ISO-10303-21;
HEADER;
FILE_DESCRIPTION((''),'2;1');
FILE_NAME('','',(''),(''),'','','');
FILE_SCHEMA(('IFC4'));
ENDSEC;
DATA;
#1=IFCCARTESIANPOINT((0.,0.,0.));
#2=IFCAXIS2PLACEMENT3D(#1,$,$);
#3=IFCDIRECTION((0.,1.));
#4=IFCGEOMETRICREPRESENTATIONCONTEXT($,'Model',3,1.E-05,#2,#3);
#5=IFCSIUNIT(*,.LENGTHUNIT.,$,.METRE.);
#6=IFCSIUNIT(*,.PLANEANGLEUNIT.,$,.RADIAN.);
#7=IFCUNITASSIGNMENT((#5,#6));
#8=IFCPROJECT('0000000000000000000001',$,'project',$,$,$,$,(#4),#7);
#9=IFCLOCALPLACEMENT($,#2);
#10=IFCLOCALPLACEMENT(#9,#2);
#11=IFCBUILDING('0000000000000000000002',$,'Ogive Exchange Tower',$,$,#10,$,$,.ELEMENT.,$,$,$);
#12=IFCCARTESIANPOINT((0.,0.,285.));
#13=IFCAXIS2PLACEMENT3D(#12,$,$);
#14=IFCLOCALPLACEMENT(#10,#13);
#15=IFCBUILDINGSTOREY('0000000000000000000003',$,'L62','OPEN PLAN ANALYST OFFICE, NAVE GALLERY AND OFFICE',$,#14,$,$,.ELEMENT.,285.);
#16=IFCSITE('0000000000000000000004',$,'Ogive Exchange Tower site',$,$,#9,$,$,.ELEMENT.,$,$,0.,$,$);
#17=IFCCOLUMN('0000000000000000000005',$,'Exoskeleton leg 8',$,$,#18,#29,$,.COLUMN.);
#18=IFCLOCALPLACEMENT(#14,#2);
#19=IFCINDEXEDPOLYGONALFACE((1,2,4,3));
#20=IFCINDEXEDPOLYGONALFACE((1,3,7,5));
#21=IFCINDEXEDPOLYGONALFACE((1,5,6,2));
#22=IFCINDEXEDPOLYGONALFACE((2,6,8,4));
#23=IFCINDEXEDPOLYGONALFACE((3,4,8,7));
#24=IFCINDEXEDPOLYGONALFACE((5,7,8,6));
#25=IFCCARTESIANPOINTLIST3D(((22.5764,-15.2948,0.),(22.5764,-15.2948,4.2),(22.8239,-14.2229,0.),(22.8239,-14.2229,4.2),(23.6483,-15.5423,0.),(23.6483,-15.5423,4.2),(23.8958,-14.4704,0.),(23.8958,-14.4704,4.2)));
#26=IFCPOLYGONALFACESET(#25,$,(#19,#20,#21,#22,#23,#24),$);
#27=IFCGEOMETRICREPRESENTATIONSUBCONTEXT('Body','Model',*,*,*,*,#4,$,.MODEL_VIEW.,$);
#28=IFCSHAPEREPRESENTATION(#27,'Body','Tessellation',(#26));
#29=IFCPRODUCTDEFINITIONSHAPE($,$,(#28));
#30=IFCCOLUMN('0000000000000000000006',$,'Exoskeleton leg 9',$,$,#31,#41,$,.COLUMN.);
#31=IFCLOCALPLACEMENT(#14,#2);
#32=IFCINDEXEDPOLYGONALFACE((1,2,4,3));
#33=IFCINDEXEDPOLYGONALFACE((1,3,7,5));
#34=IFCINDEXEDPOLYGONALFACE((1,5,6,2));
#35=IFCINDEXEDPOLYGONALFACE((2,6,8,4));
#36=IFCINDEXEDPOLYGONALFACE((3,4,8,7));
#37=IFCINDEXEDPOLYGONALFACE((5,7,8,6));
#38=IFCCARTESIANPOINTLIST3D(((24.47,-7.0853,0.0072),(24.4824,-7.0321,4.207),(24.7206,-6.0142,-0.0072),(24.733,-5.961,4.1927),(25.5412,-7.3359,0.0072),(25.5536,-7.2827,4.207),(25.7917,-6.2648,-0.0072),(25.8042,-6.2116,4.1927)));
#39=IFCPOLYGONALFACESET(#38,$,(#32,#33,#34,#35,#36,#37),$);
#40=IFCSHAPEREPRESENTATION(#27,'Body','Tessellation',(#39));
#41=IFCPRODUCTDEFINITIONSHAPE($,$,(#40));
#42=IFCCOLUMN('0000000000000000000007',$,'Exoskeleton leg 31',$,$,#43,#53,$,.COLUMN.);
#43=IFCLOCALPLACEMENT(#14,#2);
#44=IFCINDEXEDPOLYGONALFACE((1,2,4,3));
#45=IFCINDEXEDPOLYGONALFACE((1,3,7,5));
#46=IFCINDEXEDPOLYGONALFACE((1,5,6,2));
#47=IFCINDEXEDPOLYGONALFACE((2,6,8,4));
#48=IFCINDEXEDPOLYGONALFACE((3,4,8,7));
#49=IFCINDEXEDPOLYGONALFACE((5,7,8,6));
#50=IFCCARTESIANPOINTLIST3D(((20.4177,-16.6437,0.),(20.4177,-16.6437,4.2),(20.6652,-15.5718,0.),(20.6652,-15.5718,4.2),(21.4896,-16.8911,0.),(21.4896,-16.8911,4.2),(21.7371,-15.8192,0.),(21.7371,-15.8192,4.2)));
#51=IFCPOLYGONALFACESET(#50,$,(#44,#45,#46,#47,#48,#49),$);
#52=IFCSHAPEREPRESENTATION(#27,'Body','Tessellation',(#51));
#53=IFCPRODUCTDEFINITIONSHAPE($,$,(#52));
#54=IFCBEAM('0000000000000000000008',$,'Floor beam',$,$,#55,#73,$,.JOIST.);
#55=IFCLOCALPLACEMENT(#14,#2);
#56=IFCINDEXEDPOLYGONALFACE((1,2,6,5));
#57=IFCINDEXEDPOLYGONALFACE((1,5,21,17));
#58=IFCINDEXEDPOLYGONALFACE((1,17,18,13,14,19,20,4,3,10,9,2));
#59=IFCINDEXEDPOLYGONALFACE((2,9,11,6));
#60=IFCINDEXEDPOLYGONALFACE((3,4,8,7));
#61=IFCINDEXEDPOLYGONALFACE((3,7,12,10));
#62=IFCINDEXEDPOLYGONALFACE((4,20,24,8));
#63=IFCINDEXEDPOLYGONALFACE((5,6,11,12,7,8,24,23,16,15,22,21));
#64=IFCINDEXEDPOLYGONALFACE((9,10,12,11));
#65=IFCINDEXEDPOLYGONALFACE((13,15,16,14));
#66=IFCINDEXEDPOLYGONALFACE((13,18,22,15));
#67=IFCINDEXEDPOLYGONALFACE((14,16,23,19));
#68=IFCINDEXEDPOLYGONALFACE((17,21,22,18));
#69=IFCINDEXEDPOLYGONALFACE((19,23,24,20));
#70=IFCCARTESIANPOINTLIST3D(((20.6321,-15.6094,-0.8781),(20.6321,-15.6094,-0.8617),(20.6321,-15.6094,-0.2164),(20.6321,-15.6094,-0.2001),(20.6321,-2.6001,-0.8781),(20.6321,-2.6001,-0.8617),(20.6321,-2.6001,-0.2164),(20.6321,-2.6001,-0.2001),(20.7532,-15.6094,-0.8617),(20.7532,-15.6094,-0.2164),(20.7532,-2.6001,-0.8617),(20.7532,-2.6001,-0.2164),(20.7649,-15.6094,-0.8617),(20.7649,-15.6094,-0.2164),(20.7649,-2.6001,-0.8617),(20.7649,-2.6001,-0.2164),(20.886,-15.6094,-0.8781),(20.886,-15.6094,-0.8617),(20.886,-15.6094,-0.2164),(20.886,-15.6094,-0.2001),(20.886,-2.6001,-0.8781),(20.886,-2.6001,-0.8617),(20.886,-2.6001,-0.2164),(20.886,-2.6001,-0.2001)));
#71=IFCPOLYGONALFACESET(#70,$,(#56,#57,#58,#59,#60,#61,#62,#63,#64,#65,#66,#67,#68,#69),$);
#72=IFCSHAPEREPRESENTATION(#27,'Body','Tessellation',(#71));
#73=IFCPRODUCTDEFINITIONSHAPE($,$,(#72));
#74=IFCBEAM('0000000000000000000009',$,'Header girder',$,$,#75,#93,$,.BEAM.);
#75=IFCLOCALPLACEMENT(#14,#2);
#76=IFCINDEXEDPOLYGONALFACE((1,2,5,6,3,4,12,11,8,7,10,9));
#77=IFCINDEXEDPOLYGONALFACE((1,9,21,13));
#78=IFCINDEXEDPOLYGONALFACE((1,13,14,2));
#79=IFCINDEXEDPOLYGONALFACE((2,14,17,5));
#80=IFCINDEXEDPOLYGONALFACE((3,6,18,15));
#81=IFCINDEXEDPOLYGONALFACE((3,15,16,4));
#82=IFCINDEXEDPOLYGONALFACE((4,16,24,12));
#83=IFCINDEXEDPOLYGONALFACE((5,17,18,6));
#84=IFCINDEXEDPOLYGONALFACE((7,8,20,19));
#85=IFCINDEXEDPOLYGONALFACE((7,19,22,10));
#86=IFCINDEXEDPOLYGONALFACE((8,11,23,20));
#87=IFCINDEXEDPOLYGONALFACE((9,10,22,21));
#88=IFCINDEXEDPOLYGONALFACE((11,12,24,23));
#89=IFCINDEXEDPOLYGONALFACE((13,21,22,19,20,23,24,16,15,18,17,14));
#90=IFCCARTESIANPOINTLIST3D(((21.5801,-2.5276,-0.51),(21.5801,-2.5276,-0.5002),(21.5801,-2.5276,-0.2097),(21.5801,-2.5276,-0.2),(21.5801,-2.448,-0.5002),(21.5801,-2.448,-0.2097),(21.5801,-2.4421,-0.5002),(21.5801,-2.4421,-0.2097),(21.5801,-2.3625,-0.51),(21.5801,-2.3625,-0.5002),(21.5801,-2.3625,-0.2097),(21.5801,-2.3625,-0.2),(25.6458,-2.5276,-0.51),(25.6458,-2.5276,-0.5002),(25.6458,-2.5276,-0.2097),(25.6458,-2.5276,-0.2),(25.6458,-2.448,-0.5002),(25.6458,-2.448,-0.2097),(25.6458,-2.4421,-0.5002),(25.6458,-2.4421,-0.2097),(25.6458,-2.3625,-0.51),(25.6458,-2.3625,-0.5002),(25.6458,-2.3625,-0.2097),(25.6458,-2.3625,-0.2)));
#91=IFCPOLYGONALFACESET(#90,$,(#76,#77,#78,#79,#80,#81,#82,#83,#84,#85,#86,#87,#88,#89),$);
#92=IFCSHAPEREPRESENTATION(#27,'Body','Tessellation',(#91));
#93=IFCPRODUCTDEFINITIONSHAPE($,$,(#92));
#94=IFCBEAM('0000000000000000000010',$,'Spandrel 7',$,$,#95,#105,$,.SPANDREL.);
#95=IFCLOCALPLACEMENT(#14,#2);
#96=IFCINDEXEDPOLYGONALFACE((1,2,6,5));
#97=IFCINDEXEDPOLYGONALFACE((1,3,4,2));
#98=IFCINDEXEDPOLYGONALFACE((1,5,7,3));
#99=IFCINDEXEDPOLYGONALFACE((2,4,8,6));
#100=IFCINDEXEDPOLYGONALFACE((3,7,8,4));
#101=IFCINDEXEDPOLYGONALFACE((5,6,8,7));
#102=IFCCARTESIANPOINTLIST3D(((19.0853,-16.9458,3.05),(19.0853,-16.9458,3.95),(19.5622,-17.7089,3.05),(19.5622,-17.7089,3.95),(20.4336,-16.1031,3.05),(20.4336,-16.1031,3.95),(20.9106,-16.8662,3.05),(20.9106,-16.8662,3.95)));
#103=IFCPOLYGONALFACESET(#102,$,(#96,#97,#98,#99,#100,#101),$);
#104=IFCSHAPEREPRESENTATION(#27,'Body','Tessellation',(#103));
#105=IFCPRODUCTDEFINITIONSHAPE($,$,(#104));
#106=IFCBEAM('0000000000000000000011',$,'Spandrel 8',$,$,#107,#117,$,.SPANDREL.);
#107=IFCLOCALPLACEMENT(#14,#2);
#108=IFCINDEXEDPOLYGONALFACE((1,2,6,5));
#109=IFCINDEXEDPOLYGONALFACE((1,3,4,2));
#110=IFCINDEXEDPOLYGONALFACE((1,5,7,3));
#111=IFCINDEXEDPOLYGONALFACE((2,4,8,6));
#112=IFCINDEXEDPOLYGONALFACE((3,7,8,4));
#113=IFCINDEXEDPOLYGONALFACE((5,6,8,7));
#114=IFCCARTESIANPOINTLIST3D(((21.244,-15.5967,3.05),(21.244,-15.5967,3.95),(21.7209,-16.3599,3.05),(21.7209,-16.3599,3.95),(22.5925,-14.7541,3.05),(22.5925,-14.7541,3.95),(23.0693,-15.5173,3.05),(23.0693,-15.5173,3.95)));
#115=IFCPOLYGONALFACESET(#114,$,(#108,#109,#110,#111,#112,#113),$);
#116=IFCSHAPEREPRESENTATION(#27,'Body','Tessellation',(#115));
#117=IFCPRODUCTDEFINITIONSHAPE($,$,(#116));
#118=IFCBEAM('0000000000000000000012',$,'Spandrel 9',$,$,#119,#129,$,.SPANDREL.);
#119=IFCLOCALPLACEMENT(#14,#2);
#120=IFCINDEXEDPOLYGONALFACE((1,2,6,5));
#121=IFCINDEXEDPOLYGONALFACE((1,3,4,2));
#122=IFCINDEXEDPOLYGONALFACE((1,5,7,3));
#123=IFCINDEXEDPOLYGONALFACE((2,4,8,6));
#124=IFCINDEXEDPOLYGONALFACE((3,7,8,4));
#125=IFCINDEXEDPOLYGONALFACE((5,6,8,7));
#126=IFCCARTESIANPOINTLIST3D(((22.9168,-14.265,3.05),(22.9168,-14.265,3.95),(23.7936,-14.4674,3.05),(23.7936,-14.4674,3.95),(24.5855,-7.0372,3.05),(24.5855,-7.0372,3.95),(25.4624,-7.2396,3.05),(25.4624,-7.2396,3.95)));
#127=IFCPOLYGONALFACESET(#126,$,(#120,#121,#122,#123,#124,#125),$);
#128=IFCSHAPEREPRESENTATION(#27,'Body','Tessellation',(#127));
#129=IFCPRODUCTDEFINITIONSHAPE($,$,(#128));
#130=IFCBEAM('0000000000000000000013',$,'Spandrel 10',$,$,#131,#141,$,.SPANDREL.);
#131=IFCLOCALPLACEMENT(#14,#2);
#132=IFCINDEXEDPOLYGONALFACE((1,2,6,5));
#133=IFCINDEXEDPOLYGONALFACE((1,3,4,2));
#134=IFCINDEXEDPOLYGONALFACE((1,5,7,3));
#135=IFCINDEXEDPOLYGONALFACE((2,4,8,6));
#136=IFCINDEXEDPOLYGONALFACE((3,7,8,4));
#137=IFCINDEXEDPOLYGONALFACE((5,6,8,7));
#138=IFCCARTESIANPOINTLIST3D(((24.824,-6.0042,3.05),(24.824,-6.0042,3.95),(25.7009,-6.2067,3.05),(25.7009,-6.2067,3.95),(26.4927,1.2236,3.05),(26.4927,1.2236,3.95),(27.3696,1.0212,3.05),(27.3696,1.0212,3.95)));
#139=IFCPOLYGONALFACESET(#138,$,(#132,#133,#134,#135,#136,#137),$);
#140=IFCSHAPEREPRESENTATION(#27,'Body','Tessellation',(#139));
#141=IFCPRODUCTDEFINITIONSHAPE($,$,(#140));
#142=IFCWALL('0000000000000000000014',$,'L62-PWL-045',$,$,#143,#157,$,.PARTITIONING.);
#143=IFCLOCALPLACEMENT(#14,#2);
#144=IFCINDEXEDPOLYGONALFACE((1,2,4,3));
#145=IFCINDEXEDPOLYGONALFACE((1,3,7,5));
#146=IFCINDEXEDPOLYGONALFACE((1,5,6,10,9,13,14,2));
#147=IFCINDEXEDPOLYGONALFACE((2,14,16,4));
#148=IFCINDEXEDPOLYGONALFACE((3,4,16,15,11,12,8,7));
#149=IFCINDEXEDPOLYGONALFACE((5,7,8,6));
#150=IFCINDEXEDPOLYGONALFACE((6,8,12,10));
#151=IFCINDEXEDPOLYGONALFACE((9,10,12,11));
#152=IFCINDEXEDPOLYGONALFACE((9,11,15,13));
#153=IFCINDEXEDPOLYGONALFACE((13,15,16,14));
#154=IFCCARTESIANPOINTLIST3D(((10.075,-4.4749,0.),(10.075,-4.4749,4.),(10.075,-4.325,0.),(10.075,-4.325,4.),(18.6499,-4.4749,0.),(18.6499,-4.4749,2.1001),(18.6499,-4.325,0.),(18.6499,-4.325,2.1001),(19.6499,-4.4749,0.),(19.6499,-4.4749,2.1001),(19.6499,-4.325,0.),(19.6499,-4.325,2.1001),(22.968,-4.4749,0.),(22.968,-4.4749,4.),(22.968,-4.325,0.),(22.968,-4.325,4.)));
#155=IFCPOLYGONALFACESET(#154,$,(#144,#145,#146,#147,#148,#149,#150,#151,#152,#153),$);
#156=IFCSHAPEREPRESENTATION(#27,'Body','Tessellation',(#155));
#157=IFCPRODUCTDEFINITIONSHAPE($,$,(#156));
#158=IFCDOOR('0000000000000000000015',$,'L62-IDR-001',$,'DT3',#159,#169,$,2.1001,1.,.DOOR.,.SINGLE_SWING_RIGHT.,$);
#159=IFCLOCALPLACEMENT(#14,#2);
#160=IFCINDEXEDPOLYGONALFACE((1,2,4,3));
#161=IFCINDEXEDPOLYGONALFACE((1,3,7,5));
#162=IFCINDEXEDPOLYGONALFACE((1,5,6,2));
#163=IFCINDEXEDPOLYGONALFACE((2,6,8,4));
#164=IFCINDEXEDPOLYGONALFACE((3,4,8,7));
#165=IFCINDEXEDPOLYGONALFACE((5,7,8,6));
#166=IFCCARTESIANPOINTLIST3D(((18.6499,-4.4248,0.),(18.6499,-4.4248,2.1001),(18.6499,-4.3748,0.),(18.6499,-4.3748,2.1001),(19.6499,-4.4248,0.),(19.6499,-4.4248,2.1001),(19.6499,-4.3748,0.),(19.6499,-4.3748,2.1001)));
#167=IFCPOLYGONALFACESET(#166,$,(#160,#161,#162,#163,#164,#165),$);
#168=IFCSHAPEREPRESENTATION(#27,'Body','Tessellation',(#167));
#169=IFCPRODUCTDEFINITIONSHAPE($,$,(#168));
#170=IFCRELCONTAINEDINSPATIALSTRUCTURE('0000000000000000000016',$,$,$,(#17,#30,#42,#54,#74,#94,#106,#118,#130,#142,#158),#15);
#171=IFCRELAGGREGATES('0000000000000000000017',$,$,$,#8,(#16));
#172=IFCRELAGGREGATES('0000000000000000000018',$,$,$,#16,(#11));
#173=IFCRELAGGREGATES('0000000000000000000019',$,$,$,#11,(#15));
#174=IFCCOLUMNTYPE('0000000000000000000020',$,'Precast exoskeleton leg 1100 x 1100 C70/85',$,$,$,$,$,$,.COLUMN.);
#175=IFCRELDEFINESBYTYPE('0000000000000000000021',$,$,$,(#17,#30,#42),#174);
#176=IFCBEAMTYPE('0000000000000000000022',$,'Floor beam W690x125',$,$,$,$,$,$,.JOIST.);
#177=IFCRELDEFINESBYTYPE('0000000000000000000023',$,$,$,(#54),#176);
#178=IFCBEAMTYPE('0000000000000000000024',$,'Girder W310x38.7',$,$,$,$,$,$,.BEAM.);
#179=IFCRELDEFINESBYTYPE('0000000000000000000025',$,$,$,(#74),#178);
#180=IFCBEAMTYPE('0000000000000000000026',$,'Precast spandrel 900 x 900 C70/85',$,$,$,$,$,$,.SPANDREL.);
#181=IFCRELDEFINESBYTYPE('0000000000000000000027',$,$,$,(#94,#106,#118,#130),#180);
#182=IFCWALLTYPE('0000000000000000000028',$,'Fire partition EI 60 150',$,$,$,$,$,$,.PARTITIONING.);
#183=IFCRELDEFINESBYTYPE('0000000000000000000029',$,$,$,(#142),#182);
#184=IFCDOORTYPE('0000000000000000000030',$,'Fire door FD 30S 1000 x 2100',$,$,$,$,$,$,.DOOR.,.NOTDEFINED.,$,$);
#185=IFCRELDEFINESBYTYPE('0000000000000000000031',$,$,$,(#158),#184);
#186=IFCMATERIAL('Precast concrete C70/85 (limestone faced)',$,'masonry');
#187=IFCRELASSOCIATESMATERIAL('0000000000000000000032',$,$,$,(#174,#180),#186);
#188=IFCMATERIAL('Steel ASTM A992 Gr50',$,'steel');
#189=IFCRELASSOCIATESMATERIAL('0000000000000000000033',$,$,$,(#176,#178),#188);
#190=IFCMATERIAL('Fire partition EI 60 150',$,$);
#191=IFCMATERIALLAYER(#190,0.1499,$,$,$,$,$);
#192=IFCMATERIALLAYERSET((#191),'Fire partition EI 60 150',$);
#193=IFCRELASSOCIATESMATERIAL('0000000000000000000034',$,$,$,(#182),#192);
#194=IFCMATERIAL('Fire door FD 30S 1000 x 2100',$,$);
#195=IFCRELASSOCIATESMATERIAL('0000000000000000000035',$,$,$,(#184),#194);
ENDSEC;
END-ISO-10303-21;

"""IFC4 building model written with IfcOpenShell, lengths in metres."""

from ifc_helpers import new_model, si_unit, direction, frame, frame_2d, origin, origin_2d, place, context, subcontext, project, spatial, rectangle, i_section, extrude, material, layer, layer_set, material_profile, profile_set, type_object, element, fill, save


model = new_model("IFC4")

# Units and contexts
model_context = context("Model", 3, precision=1e-05, world=origin(), true_north=direction((0.0, 1.0)))
body_context = subcontext(model_context, "Body", "Model", "MODEL_VIEW")
ifc_project = project(units=[si_unit("LENGTHUNIT", "METRE"), si_unit("PLANEANGLEUNIT", "RADIAN")], contexts=[model_context])

# Site, building, storey
site_placement = place(None, origin())
site = spatial("IfcSite", under=ifc_project, at=site_placement, Name="Ogive Exchange Tower site", CompositionType="ELEMENT", RefElevation=0.0)
building_placement = place(site_placement, origin())
building = spatial("IfcBuilding", under=site, at=building_placement, Name="Ogive Exchange Tower", CompositionType="ELEMENT")
storey_placement = place(building_placement, frame((0.0, 0.0, 285.0)))
storey = spatial("IfcBuildingStorey", under=building, at=storey_placement, Name="L62", Description="OPEN PLAN ANALYST OFFICE, NAVE GALLERY AND OFFICE", CompositionType="ELEMENT", Elevation=285.0)

# Columns
ifc_material_1 = material(Name="Precast concrete C70/85 (limestone faced)", Category="masonry")
ifc_material_profile_1 = material_profile(ifc_material_1, rectangle(XDim=1.1001, YDim=1.1001, at=origin_2d()), Name="1100 x 1100")
ifc_profile_set_1 = profile_set([ifc_material_profile_1], Name="Precast concrete C70/85 (limestone faced)")
column_type = type_object("IfcColumnType", Name="Precast exoskeleton leg 1100 x 1100 C70/85", PredefinedType="COLUMN", material=ifc_profile_set_1)
column_1_placement = place(storey_placement, frame((23.2361, -14.8826, 0.0), z_axis=(0.0, 0.0, 1.0), x_axis=(0.97437, -0.224951, 0.0)))
element("IfcColumn", 1, at=column_1_placement, inside=storey, type_object=column_type, Name="Exoskeleton leg 8", PredefinedType="COLUMN", context=body_context, shape_type="SweptSolid", body=[
    extrude(rectangle(XDim=1.1001, YDim=1.1001, at=origin_2d()), origin(), (0.0, 0.0, 1.0), 4.2),
])
column_2_placement = place(storey_placement, frame((25.1309, -6.675, 0.0), z_axis=(0.002964, 0.012671, 0.999915), x_axis=(-0.973709, 0.227794, 0.0)))
element("IfcColumn", 2, at=column_2_placement, inside=storey, type_object=column_type, Name="Exoskeleton leg 9", PredefinedType="COLUMN", context=body_context, shape_type="SweptSolid", body=[
    extrude(rectangle(XDim=1.1001, YDim=1.1001, at=origin_2d()), origin(), (0.0, 0.0, 1.0), 4.2002),
])
column_3_placement = place(storey_placement, frame((21.0774, -16.2314, 0.0), z_axis=(0.0, 0.0, 1.0), x_axis=(0.97437, -0.224951, 0.0)))
element("IfcColumn", 3, at=column_3_placement, inside=storey, type_object=column_type, Name="Exoskeleton leg 31", PredefinedType="COLUMN", context=body_context, shape_type="SweptSolid", body=[
    extrude(rectangle(XDim=1.1001, YDim=1.1001, at=origin_2d()), origin(), (0.0, 0.0, 1.0), 4.2),
])

# Beams
ifc_material_2 = material(Name="Steel ASTM A992 Gr50", Category="steel")
ifc_material_profile_2 = material_profile(ifc_material_2, i_section(OverallWidth=0.2539, OverallDepth=0.678, WebThickness=0.0117, FlangeThickness=0.0164, at=origin_2d()), Name="W690x125")
ifc_profile_set_2 = profile_set([ifc_material_profile_2], Name="Steel ASTM A992 Gr50")
beam_type_1 = type_object("IfcBeamType", Name="Floor beam W690x125", PredefinedType="JOIST", material=ifc_profile_set_2)
beam_1_placement = place(storey_placement, frame((20.759, -15.6094, -0.5391), z_axis=(0.0, 1.0, 0.0), x_axis=(-1.0, 0.0, 0.0)))
element("IfcBeam", 4, at=beam_1_placement, inside=storey, type_object=beam_type_1, Name="Floor beam", PredefinedType="JOIST", context=body_context, shape_type="SweptSolid", body=[
    extrude(i_section(OverallWidth=0.2539, OverallDepth=0.678, WebThickness=0.0117, FlangeThickness=0.0164, at=origin_2d()), origin(), (0.0, 0.0, 1.0), 13.0093),
])
ifc_material_profile_3 = material_profile(ifc_material_2, i_section(OverallWidth=0.165, OverallDepth=0.3101, WebThickness=0.0059, FlangeThickness=0.0098, at=origin_2d()), Name="W310x38.7")
ifc_profile_set_3 = profile_set([ifc_material_profile_3], Name="Steel ASTM A992 Gr50")
beam_type_2 = type_object("IfcBeamType", Name="Girder W310x38.7", PredefinedType="BEAM", material=ifc_profile_set_3)
beam_2_placement = place(storey_placement, frame((21.5801, -2.4451, -0.355), z_axis=(1.0, 0.0, 0.0), x_axis=(0.0, 1.0, 0.0)))
element("IfcBeam", 5, at=beam_2_placement, inside=storey, type_object=beam_type_2, Name="Header girder", PredefinedType="BEAM", context=body_context, shape_type="SweptSolid", body=[
    extrude(i_section(OverallWidth=0.165, OverallDepth=0.3101, WebThickness=0.0059, FlangeThickness=0.0098, at=origin_2d()), origin(), (0.0, 0.0, 1.0), 4.0657),
])
ifc_material_profile_4 = material_profile(ifc_material_1, rectangle(XDim=0.8999, YDim=0.8999, at=origin_2d()), Name="900 x 900")
ifc_profile_set_4 = profile_set([ifc_material_profile_4], Name="Precast concrete C70/85 (limestone faced)")
beam_type_3 = type_object("IfcBeamType", Name="Precast spandrel 900 x 900 C70/85", PredefinedType="SPANDREL", material=ifc_profile_set_4)
for number, where, z_axis, x_axis, name in (
    (6, (19.3237, -17.3274, 3.5), (0.84799, 0.530013, 0.0), (-0.530013, 0.84799, 0.0), "Spandrel 7"),
    (7, (21.4824, -15.9783, 3.5), (0.848059, 0.529902, 0.0), (-0.529902, 0.848059, 0.0), "Spandrel 8"),
):
    element("IfcBeam", number, at=place(storey_placement, frame(where, z_axis=z_axis, x_axis=x_axis)), inside=storey, type_object=beam_type_3, Name=name, PredefinedType="SPANDREL", context=body_context, shape_type="SweptSolid", body=[
        extrude(rectangle(XDim=0.8999, YDim=0.8999, at=origin_2d()), origin(), (0.0, 0.0, 1.0), 1.5901),
    ])
for number, where, z_axis, x_axis, name in (
    (8, (23.3552, -14.3662, 3.5), (0.224956, 0.974369, 0.0), (-0.974369, 0.224956, 0.0), "Spandrel 9"),
    (9, (25.2625, -6.1055, 3.5), (0.224956, 0.974369, 0.0), (-0.974369, 0.224956, 0.0), "Spandrel 10"),
):
    element("IfcBeam", number, at=place(storey_placement, frame(where, z_axis=z_axis, x_axis=x_axis)), inside=storey, type_object=beam_type_3, Name=name, PredefinedType="SPANDREL", context=body_context, shape_type="SweptSolid", body=[
        extrude(rectangle(XDim=0.8999, YDim=0.8999, at=origin_2d()), origin(), (0.0, 0.0, 1.0), 7.418),
    ])

# Wall, opening, door
ifc_material_3 = material(Name="Fire partition EI 60 150")
ifc_layer_1 = layer(ifc_material_3, 0.1499)
ifc_layer_set_1 = layer_set([ifc_layer_1], Name="Fire partition EI 60 150")
wall_type_1 = type_object("IfcWallType", Name="Fire partition EI 60 150", PredefinedType="PARTITIONING", material=ifc_layer_set_1)
wall_1_placement = place(storey_placement, frame((22.968, -4.3999, 0.0), z_axis=(0.0, 0.0, 1.0), x_axis=(-1.0, 0.0, 0.0)))
wall_1 = element("IfcWall", 10, at=wall_1_placement, inside=storey, type_object=wall_type_1, Name="L62-PWL-045", PredefinedType="PARTITIONING", context=body_context, shape_type="SweptSolid", body=[
    extrude(rectangle(XDim=12.8931, YDim=0.1499, at=frame_2d((6.4465, 0.0))), origin(), (0.0, 0.0, 1.0), 4.0),
])
opening_1_placement = place(wall_1_placement, frame((3.3181, 0.0, 0.0)))
opening_1 = element("IfcOpeningElement", 11, at=opening_1_placement, cuts=wall_1, PredefinedType="OPENING", context=body_context, shape_type="SweptSolid", body=[
    extrude(rectangle(XDim=1.0, YDim=2.1001, at=frame_2d((0.5, 1.05))), frame((0.0, 0.085, 0.0), z_axis=(0.0, -1.0, 0.0), x_axis=(1.0, 0.0, 0.0)), (0.0, 0.0, 1.0), 0.1699),
])
ifc_material_4 = material(Name="Fire door FD 30S 1000 x 2100")
door_type_1 = type_object("IfcDoorType", Name="Fire door FD 30S 1000 x 2100", OperationType="NOTDEFINED", PredefinedType="DOOR", material=ifc_material_4)
door_1_placement = place(opening_1_placement, origin())
door_1 = element("IfcDoor", 12, at=door_1_placement, inside=storey, type_object=door_type_1, Name="L62-IDR-001", ObjectType="DT3", OperationType="SINGLE_SWING_RIGHT", OverallHeight=2.1001, OverallWidth=1.0, PredefinedType="DOOR", context=body_context, shape_type="SweptSolid", body=[
    extrude(rectangle(XDim=1.0, YDim=2.1001, at=frame_2d((0.5, 1.05))), frame((0.0, 0.0249, 0.0), z_axis=(0.0, -1.0, 0.0), x_axis=(1.0, 0.0, 0.0)), (0.0, 0.0, 1.0), 0.05),
])
fill(opening_1, door_1)

save(model, "model.ifc")
